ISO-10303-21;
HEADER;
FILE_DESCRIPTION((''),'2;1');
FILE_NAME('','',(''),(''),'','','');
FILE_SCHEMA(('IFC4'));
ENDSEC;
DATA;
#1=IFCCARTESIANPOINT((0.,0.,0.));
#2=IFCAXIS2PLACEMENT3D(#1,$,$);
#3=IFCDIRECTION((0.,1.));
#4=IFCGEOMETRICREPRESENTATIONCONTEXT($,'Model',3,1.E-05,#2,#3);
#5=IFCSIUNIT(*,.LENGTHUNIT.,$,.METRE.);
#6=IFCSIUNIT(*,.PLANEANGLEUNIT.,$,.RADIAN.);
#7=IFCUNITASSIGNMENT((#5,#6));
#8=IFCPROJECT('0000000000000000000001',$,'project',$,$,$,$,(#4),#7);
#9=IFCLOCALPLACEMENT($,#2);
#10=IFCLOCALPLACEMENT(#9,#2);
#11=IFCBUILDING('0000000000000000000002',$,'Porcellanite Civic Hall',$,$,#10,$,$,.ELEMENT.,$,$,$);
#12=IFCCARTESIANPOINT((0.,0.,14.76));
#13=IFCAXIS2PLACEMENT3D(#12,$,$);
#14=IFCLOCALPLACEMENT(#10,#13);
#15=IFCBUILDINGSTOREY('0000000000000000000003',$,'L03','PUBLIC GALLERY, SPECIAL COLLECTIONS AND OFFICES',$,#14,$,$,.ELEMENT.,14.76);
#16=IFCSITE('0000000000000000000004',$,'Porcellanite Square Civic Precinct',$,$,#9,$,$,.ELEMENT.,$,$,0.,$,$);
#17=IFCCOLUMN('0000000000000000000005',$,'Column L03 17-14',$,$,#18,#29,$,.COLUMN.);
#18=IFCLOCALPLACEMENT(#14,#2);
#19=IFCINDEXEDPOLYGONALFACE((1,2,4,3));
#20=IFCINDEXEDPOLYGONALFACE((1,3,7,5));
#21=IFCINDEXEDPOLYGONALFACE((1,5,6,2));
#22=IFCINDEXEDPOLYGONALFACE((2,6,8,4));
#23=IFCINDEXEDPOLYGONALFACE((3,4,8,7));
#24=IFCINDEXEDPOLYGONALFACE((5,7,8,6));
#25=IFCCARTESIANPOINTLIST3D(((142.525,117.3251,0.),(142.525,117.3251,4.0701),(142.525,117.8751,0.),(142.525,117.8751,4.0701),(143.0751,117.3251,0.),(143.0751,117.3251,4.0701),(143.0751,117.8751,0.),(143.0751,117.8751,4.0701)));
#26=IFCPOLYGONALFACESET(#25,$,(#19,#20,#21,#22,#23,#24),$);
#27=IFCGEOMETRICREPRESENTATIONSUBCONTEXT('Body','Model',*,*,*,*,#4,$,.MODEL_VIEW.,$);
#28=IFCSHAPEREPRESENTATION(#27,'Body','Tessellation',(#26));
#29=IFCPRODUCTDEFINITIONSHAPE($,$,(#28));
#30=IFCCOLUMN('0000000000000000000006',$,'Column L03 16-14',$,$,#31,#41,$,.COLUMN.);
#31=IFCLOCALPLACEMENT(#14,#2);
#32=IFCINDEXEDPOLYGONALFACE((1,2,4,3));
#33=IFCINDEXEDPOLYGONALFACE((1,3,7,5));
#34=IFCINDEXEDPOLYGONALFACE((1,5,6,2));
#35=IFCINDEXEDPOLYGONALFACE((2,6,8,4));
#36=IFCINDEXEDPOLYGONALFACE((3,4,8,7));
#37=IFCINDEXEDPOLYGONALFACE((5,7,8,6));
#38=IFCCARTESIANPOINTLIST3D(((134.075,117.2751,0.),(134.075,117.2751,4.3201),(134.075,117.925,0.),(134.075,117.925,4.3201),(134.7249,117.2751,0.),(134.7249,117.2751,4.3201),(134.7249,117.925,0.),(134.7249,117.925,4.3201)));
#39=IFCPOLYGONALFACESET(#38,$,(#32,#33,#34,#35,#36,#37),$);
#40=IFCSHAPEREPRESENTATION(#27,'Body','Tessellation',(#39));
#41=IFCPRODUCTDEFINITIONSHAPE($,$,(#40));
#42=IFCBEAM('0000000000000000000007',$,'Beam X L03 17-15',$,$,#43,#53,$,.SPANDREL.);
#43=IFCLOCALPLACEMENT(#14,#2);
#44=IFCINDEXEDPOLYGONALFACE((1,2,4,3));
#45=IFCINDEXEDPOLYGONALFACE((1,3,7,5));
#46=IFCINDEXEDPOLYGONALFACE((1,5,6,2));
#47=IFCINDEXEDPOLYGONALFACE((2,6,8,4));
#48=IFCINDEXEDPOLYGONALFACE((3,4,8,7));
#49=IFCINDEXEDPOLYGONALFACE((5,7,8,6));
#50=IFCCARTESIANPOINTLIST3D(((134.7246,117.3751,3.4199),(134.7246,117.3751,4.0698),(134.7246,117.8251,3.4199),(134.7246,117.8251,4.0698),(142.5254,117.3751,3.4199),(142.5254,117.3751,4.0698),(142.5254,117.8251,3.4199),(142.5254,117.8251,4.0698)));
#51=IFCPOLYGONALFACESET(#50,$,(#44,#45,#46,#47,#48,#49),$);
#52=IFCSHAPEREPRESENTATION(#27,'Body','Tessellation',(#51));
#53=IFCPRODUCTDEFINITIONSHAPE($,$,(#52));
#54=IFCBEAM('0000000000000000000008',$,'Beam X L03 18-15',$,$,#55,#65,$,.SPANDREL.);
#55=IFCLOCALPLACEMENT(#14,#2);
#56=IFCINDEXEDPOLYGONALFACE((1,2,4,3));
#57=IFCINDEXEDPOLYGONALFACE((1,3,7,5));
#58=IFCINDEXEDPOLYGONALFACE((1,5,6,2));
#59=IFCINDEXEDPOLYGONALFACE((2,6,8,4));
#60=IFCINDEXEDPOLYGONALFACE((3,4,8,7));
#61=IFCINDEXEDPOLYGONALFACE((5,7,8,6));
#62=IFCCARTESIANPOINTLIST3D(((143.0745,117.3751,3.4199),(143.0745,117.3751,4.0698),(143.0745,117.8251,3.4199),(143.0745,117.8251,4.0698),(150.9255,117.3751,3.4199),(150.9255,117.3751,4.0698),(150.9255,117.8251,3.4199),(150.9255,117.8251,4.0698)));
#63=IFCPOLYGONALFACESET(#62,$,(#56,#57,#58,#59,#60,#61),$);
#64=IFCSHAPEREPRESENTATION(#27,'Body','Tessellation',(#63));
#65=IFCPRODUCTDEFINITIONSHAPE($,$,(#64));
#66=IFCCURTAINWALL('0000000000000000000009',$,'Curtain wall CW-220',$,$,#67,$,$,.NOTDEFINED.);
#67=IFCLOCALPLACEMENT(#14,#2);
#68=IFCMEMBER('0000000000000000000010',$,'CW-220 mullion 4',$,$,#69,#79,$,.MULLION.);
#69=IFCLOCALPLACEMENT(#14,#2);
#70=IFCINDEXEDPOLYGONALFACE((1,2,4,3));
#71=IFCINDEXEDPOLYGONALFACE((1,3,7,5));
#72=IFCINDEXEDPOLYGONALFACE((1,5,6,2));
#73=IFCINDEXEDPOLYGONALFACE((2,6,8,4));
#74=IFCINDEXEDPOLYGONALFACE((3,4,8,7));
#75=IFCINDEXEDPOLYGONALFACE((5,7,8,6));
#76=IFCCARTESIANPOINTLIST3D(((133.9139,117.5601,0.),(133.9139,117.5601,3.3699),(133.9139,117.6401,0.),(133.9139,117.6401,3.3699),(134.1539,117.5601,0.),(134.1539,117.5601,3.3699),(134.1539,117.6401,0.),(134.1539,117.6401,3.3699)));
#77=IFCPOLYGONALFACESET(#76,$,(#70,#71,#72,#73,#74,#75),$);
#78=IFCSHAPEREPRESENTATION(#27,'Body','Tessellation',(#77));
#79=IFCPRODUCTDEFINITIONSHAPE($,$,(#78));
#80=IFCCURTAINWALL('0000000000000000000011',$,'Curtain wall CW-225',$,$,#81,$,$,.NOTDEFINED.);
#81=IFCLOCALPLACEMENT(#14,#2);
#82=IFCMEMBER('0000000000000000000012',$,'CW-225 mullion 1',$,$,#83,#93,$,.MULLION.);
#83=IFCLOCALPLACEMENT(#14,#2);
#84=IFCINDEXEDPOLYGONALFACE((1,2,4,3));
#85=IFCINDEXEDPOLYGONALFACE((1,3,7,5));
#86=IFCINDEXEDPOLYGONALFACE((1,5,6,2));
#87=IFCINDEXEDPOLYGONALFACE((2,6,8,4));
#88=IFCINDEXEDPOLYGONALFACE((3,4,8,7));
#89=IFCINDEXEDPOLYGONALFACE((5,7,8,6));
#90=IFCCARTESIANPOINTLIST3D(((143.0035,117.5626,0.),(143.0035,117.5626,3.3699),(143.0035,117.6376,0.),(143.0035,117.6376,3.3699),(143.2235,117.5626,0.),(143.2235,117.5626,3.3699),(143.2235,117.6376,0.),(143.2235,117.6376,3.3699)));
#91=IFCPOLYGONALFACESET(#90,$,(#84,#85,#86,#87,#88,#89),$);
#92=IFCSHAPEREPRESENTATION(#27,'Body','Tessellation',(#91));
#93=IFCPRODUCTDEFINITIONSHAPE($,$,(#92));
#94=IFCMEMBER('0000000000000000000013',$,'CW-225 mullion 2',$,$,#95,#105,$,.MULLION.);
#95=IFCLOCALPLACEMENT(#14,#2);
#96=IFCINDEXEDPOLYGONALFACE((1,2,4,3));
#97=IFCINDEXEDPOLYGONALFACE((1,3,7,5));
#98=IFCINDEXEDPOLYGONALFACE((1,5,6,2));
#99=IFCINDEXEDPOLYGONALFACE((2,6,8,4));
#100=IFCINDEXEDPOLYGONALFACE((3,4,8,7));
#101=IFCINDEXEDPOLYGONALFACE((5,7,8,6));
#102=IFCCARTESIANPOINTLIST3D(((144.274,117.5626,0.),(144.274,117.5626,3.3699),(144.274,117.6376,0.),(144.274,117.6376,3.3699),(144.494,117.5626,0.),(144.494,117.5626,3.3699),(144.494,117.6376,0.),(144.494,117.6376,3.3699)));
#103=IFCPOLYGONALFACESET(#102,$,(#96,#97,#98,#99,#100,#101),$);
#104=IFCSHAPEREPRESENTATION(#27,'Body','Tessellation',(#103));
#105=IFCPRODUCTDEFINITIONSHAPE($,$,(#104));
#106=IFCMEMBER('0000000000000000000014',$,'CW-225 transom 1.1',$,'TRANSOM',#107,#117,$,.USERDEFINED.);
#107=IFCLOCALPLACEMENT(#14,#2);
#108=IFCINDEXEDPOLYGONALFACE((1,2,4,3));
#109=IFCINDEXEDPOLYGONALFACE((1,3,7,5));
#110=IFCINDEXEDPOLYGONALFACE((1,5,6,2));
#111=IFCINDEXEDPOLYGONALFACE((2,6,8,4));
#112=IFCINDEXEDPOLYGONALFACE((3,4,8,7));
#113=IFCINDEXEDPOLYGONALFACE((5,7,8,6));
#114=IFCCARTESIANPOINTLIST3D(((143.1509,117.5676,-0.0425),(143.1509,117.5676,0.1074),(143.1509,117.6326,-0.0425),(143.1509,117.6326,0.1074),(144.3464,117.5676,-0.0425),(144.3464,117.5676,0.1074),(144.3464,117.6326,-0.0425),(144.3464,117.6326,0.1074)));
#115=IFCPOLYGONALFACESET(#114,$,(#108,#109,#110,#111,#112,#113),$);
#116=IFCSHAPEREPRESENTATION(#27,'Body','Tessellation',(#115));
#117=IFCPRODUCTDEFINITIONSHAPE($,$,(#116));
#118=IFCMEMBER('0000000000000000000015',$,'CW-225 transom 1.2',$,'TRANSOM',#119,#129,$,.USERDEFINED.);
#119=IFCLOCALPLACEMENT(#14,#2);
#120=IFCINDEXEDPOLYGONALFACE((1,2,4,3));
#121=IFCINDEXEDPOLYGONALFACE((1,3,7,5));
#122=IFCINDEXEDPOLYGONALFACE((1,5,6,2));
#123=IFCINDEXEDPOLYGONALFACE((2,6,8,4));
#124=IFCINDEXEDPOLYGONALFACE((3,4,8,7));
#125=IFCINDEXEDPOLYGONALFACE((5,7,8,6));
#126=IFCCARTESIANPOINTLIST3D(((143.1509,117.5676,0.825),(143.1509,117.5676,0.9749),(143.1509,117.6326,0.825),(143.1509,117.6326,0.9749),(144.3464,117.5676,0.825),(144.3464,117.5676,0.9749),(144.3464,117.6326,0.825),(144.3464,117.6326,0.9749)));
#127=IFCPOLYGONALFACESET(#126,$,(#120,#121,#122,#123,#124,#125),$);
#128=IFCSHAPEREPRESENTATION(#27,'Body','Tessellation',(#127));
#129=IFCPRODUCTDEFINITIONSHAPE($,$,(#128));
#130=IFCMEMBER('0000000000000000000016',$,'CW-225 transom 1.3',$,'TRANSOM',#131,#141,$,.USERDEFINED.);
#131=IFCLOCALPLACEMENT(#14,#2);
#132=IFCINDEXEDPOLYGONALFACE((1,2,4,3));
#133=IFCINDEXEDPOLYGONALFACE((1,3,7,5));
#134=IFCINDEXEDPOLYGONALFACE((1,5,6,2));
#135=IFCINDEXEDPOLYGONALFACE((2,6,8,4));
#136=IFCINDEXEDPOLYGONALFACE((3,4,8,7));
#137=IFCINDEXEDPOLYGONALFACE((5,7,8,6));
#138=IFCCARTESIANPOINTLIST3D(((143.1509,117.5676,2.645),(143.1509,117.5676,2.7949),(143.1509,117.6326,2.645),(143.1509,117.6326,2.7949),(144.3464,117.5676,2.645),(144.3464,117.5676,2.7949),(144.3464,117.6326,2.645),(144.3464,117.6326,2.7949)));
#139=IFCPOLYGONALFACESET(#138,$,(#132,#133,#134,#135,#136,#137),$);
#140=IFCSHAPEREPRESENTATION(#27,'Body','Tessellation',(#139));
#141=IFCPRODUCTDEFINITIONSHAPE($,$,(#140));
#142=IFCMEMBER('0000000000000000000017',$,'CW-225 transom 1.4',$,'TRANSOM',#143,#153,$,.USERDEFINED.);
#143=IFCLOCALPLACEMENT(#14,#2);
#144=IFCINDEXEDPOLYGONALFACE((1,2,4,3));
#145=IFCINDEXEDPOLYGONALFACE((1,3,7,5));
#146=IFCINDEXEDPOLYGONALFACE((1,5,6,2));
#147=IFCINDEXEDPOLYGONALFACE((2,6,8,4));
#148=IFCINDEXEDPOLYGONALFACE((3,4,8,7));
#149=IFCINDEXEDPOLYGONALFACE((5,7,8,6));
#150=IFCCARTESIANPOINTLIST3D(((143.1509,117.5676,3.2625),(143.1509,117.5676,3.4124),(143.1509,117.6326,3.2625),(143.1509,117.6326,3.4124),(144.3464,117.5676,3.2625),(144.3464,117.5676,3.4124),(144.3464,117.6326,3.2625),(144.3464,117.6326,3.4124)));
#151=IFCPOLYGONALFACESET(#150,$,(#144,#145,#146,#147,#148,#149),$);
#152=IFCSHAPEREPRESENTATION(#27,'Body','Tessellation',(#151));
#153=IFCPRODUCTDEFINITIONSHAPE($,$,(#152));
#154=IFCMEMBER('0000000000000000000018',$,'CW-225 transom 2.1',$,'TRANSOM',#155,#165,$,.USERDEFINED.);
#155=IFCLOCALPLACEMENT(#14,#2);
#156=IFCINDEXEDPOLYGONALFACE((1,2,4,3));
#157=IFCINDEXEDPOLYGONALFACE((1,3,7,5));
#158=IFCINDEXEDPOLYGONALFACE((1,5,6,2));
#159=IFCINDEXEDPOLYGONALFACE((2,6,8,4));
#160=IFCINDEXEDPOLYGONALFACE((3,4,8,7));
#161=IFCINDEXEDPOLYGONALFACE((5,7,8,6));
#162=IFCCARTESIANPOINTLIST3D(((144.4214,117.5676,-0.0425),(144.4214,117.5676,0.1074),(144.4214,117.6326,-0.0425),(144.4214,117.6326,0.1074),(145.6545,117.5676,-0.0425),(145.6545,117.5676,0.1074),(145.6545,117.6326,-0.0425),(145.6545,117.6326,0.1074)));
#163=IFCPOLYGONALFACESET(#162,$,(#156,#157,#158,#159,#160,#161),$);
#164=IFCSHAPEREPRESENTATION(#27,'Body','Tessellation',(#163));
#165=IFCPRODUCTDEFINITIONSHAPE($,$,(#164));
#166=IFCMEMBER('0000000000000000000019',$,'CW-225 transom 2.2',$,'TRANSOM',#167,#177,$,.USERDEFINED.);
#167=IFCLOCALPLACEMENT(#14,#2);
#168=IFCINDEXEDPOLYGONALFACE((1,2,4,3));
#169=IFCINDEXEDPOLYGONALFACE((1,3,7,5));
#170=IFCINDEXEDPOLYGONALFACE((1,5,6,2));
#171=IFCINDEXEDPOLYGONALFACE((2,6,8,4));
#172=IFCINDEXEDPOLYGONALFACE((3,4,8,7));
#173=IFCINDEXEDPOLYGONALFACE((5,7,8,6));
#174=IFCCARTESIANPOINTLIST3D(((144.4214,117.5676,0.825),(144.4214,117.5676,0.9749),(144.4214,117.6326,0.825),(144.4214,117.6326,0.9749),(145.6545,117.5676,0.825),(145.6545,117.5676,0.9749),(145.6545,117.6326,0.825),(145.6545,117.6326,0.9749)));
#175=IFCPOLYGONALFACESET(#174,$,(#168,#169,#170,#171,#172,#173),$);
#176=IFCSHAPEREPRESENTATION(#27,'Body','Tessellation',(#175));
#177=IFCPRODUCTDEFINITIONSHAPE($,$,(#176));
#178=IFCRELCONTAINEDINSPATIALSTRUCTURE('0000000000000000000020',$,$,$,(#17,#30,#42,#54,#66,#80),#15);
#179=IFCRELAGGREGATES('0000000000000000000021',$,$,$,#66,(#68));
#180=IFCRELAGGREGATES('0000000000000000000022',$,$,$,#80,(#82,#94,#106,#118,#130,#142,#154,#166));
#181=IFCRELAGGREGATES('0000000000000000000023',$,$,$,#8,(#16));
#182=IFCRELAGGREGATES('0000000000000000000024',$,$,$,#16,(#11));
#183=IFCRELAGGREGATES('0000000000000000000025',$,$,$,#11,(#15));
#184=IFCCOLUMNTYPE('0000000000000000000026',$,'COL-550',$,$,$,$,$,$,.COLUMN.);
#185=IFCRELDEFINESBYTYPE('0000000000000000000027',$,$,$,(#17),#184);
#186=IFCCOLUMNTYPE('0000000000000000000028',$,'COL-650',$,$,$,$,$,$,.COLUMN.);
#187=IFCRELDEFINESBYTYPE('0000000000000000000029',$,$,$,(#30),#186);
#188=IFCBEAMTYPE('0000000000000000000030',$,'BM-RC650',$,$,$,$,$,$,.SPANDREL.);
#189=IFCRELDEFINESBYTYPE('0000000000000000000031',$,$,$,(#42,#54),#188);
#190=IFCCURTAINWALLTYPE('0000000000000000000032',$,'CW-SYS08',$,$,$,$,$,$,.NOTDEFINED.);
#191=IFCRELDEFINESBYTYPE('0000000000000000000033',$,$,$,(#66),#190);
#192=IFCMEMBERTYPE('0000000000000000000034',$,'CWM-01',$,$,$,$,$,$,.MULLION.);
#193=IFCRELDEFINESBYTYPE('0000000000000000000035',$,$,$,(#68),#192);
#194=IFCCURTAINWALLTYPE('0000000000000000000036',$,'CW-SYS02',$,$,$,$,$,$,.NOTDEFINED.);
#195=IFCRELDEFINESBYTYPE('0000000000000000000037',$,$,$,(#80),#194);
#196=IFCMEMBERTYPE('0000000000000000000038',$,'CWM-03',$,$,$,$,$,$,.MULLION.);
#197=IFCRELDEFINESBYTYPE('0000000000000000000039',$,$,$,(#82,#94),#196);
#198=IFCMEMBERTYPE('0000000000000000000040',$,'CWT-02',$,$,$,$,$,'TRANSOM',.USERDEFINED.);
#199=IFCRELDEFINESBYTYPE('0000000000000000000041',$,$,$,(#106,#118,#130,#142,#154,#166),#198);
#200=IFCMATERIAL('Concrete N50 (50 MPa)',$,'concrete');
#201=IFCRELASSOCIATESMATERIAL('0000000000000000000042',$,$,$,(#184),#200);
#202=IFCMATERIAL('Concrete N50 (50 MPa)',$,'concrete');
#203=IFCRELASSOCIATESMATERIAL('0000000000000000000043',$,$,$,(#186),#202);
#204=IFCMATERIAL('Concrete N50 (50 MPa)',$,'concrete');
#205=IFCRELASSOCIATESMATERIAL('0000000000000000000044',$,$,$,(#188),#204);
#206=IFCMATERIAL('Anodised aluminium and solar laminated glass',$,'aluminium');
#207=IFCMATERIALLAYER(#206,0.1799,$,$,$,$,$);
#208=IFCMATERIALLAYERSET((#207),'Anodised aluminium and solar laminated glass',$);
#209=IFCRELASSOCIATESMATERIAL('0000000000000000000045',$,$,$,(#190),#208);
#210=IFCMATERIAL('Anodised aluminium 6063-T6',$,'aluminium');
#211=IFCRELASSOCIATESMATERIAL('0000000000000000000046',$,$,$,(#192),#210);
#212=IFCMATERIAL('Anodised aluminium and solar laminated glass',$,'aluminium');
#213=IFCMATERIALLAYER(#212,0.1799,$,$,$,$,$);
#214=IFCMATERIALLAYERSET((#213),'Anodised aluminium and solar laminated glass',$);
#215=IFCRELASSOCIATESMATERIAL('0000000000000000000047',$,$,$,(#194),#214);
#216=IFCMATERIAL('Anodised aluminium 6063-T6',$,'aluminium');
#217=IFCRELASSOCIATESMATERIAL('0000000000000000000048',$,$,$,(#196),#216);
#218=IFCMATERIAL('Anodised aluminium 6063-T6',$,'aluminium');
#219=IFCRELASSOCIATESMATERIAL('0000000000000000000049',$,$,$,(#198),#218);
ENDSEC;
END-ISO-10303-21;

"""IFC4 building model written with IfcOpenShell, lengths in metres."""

from ifc_helpers import new_model, si_unit, direction, frame, origin, origin_2d, place, context, subcontext, project, spatial, rectangle, extrude, material, layer, layer_set, material_profile, profile_set, type_object, element, aggregate, save


model = new_model("IFC4")

# Units and contexts
model_context = context("Model", 3, precision=1e-05, world=origin(), true_north=direction((0.0, 1.0)))
body_context = subcontext(model_context, "Body", "Model", "MODEL_VIEW")
ifc_project = project(units=[si_unit("LENGTHUNIT", "METRE"), si_unit("PLANEANGLEUNIT", "RADIAN")], contexts=[model_context])

# Site, building, storey
site_placement = place(None, origin())
site = spatial("IfcSite", under=ifc_project, at=site_placement, Name="Porcellanite Square Civic Precinct", CompositionType="ELEMENT", RefElevation=0.0)
building_placement = place(site_placement, origin())
building = spatial("IfcBuilding", under=site, at=building_placement, Name="Porcellanite Civic Hall", CompositionType="ELEMENT")
storey_placement = place(building_placement, frame((0.0, 0.0, 14.76)))
storey = spatial("IfcBuildingStorey", under=building, at=storey_placement, Name="L03", Description="PUBLIC GALLERY, SPECIAL COLLECTIONS AND OFFICES", CompositionType="ELEMENT", Elevation=14.76)

# Columns
ifc_material_1 = material(Name="Concrete N50 (50 MPa)", Category="concrete")
ifc_material_profile_1 = material_profile(ifc_material_1, rectangle(XDim=0.55, YDim=0.55, at=origin_2d()), Name="RC-550x550")
ifc_profile_set_1 = profile_set([ifc_material_profile_1], Name="Concrete N50 (50 MPa)")
column_type_1 = type_object("IfcColumnType", Name="COL-550", PredefinedType="COLUMN", material=ifc_profile_set_1)
column_1_placement = place(storey_placement, frame((142.8, 117.6001, 0.0), z_axis=(0.0, 0.0, 1.0), x_axis=(1.0, 0.0, 0.0)))
element("IfcColumn", 1, at=column_1_placement, inside=storey, type_object=column_type_1, Name="Column L03 17-14", PredefinedType="COLUMN", context=body_context, shape_type="SweptSolid", body=[
    extrude(rectangle(XDim=0.55, YDim=0.55, at=origin_2d()), origin(), (0.0, 0.0, 1.0), 4.0701),
])
ifc_material_2 = material(Name="Concrete N50 (50 MPa)", Category="concrete")
ifc_material_profile_2 = material_profile(ifc_material_2, rectangle(XDim=0.6499, YDim=0.6499, at=origin_2d()), Name="RC-650x650")
ifc_profile_set_2 = profile_set([ifc_material_profile_2], Name="Concrete N50 (50 MPa)")
column_type_2 = type_object("IfcColumnType", Name="COL-650", PredefinedType="COLUMN", material=ifc_profile_set_2)
column_2_placement = place(storey_placement, frame((134.3999, 117.6001, 0.0), z_axis=(0.0, 0.0, 1.0), x_axis=(1.0, 0.0, 0.0)))
element("IfcColumn", 2, at=column_2_placement, inside=storey, type_object=column_type_2, Name="Column L03 16-14", PredefinedType="COLUMN", context=body_context, shape_type="SweptSolid", body=[
    extrude(rectangle(XDim=0.6499, YDim=0.6499, at=origin_2d()), origin(), (0.0, 0.0, 1.0), 4.3201),
])

# Beams
ifc_material_3 = material(Name="Concrete N50 (50 MPa)", Category="concrete")
ifc_material_profile_3 = material_profile(ifc_material_3, rectangle(XDim=0.45, YDim=0.6499, at=origin_2d()), Name="RC-450x650")
ifc_profile_set_3 = profile_set([ifc_material_profile_3], Name="Concrete N50 (50 MPa)")
beam_type = type_object("IfcBeamType", Name="BM-RC650", PredefinedType="SPANDREL", material=ifc_profile_set_3)
beam_1_placement = place(storey_placement, frame((134.7246, 117.6001, 3.7449), z_axis=(1.0, 0.0, 0.0), x_axis=(0.0, 1.0, 0.0)))
element("IfcBeam", 3, at=beam_1_placement, inside=storey, type_object=beam_type, Name="Beam X L03 17-15", PredefinedType="SPANDREL", context=body_context, shape_type="SweptSolid", body=[
    extrude(rectangle(XDim=0.45, YDim=0.6499, at=origin_2d()), origin(), (0.0, 0.0, 1.0), 7.8008),
])
beam_2_placement = place(storey_placement, frame((143.0745, 117.6001, 3.7449), z_axis=(1.0, 0.0, 0.0), x_axis=(0.0, 1.0, 0.0)))
element("IfcBeam", 4, at=beam_2_placement, inside=storey, type_object=beam_type, Name="Beam X L03 18-15", PredefinedType="SPANDREL", context=body_context, shape_type="SweptSolid", body=[
    extrude(rectangle(XDim=0.45, YDim=0.6499, at=origin_2d()), origin(), (0.0, 0.0, 1.0), 7.8511),
])

# Curtain wall, member
ifc_material_4 = material(Name="Anodised aluminium and solar laminated glass", Category="aluminium")
ifc_layer_1 = layer(ifc_material_4, 0.1799)
ifc_layer_set_1 = layer_set([ifc_layer_1], Name="Anodised aluminium and solar laminated glass")
curtain_wall_type_1 = type_object("IfcCurtainWallType", Name="CW-SYS08", PredefinedType="NOTDEFINED", material=ifc_layer_set_1)
curtain_wall_1_placement = place(storey_placement, origin())
curtain_wall_1 = element("IfcCurtainWall", 5, at=curtain_wall_1_placement, inside=storey, type_object=curtain_wall_type_1, Name="Curtain wall CW-220", PredefinedType="NOTDEFINED")
ifc_material_5 = material(Name="Anodised aluminium 6063-T6", Category="aluminium")
ifc_material_profile_4 = material_profile(ifc_material_5, rectangle(XDim=0.0801, YDim=0.24, at=origin_2d()), Name="AL-80x240")
ifc_profile_set_4 = profile_set([ifc_material_profile_4], Name="Anodised aluminium 6063-T6")
member_type_1 = type_object("IfcMemberType", Name="CWM-01", PredefinedType="MULLION", material=ifc_profile_set_4)
member_1_placement = place(storey_placement, frame((134.0339, 117.6001, 0.0), z_axis=(0.0, 0.0, 1.0), x_axis=(0.0, 1.0, 0.0)))
member_1 = element("IfcMember", 6, at=member_1_placement, type_object=member_type_1, Name="CW-220 mullion 4", PredefinedType="MULLION", context=body_context, shape_type="SweptSolid", body=[
    extrude(rectangle(XDim=0.0801, YDim=0.24, at=origin_2d()), origin(), (0.0, 0.0, 1.0), 3.3699),
])

# Curtain wall, members
ifc_material_6 = material(Name="Anodised aluminium and solar laminated glass", Category="aluminium")
ifc_layer_2 = layer(ifc_material_6, 0.1799)
ifc_layer_set_2 = layer_set([ifc_layer_2], Name="Anodised aluminium and solar laminated glass")
curtain_wall_type_2 = type_object("IfcCurtainWallType", Name="CW-SYS02", PredefinedType="NOTDEFINED", material=ifc_layer_set_2)
curtain_wall_2_placement = place(storey_placement, origin())
curtain_wall_2 = element("IfcCurtainWall", 7, at=curtain_wall_2_placement, inside=storey, type_object=curtain_wall_type_2, Name="Curtain wall CW-225", PredefinedType="NOTDEFINED")
ifc_material_7 = material(Name="Anodised aluminium 6063-T6", Category="aluminium")
ifc_material_profile_5 = material_profile(ifc_material_7, rectangle(XDim=0.075, YDim=0.22, at=origin_2d()), Name="AL-75x220")
ifc_profile_set_5 = profile_set([ifc_material_profile_5], Name="Anodised aluminium 6063-T6")
member_type_2 = type_object("IfcMemberType", Name="CWM-03", PredefinedType="MULLION", material=ifc_profile_set_5)
member_2_placement = place(storey_placement, frame((143.1135, 117.6001, 0.0), z_axis=(0.0, 0.0, 1.0), x_axis=(0.0, 1.0, 0.0)))
member_2 = element("IfcMember", 8, at=member_2_placement, type_object=member_type_2, Name="CW-225 mullion 1", PredefinedType="MULLION", context=body_context, shape_type="SweptSolid", body=[
    extrude(rectangle(XDim=0.075, YDim=0.22, at=origin_2d()), origin(), (0.0, 0.0, 1.0), 3.3699),
])
member_3_placement = place(storey_placement, frame((144.384, 117.6001, 0.0), z_axis=(0.0, 0.0, 1.0), x_axis=(0.0, 1.0, 0.0)))
member_3 = element("IfcMember", 9, at=member_3_placement, type_object=member_type_2, Name="CW-225 mullion 2", PredefinedType="MULLION", context=body_context, shape_type="SweptSolid", body=[
    extrude(rectangle(XDim=0.075, YDim=0.22, at=origin_2d()), origin(), (0.0, 0.0, 1.0), 3.3699),
])
ifc_material_8 = material(Name="Anodised aluminium 6063-T6", Category="aluminium")
ifc_material_profile_6 = material_profile(ifc_material_8, rectangle(XDim=0.0649, YDim=0.1499, at=origin_2d()), Name="AL-65x150")
ifc_profile_set_6 = profile_set([ifc_material_profile_6], Name="Anodised aluminium 6063-T6")
member_type_3 = type_object("IfcMemberType", Name="CWT-02", ElementType="TRANSOM", PredefinedType="USERDEFINED", material=ifc_profile_set_6)
member_4_placement = place(storey_placement, frame((143.1509, 117.6001, 0.0325), z_axis=(1.0, 0.0, 0.0), x_axis=(0.0, 1.0, 0.0)))
member_4 = element("IfcMember", 10, at=member_4_placement, type_object=member_type_3, Name="CW-225 transom 1.1", ObjectType="TRANSOM", PredefinedType="USERDEFINED", context=body_context, shape_type="SweptSolid", body=[
    extrude(rectangle(XDim=0.0649, YDim=0.1499, at=origin_2d()), origin(), (0.0, 0.0, 1.0), 1.1956),
])
member_5_placement = place(storey_placement, frame((143.1509, 117.6001, 0.8999), z_axis=(1.0, 0.0, 0.0), x_axis=(0.0, 1.0, 0.0)))
member_5 = element("IfcMember", 11, at=member_5_placement, type_object=member_type_3, Name="CW-225 transom 1.2", ObjectType="TRANSOM", PredefinedType="USERDEFINED", context=body_context, shape_type="SweptSolid", body=[
    extrude(rectangle(XDim=0.0649, YDim=0.1499, at=origin_2d()), origin(), (0.0, 0.0, 1.0), 1.1956),
])
member_6_placement = place(storey_placement, frame((143.1509, 117.6001, 2.72), z_axis=(1.0, 0.0, 0.0), x_axis=(0.0, 1.0, 0.0)))
member_6 = element("IfcMember", 12, at=member_6_placement, type_object=member_type_3, Name="CW-225 transom 1.3", ObjectType="TRANSOM", PredefinedType="USERDEFINED", context=body_context, shape_type="SweptSolid", body=[
    extrude(rectangle(XDim=0.0649, YDim=0.1499, at=origin_2d()), origin(), (0.0, 0.0, 1.0), 1.1956),
])
member_7_placement = place(storey_placement, frame((143.1509, 117.6001, 3.3374), z_axis=(1.0, 0.0, 0.0), x_axis=(0.0, 1.0, 0.0)))
member_7 = element("IfcMember", 13, at=member_7_placement, type_object=member_type_3, Name="CW-225 transom 1.4", ObjectType="TRANSOM", PredefinedType="USERDEFINED", context=body_context, shape_type="SweptSolid", body=[
    extrude(rectangle(XDim=0.0649, YDim=0.1499, at=origin_2d()), origin(), (0.0, 0.0, 1.0), 1.1956),
])
member_8_placement = place(storey_placement, frame((144.4214, 117.6001, 0.0325), z_axis=(1.0, 0.0, 0.0), x_axis=(0.0, 1.0, 0.0)))
member_8 = element("IfcMember", 14, at=member_8_placement, type_object=member_type_3, Name="CW-225 transom 2.1", ObjectType="TRANSOM", PredefinedType="USERDEFINED", context=body_context, shape_type="SweptSolid", body=[
    extrude(rectangle(XDim=0.0649, YDim=0.1499, at=origin_2d()), origin(), (0.0, 0.0, 1.0), 1.2332),
])
member_9_placement = place(storey_placement, frame((144.4214, 117.6001, 0.8999), z_axis=(1.0, 0.0, 0.0), x_axis=(0.0, 1.0, 0.0)))
member_9 = element("IfcMember", 15, at=member_9_placement, type_object=member_type_3, Name="CW-225 transom 2.2", ObjectType="TRANSOM", PredefinedType="USERDEFINED", context=body_context, shape_type="SweptSolid", body=[
    extrude(rectangle(XDim=0.0649, YDim=0.1499, at=origin_2d()), origin(), (0.0, 0.0, 1.0), 1.2332),
])

aggregate(curtain_wall_1, [member_1])
aggregate(curtain_wall_2, [member_2, member_3, member_4, member_5, member_6, member_7, member_8, member_9])

save(model, "model.ifc")
